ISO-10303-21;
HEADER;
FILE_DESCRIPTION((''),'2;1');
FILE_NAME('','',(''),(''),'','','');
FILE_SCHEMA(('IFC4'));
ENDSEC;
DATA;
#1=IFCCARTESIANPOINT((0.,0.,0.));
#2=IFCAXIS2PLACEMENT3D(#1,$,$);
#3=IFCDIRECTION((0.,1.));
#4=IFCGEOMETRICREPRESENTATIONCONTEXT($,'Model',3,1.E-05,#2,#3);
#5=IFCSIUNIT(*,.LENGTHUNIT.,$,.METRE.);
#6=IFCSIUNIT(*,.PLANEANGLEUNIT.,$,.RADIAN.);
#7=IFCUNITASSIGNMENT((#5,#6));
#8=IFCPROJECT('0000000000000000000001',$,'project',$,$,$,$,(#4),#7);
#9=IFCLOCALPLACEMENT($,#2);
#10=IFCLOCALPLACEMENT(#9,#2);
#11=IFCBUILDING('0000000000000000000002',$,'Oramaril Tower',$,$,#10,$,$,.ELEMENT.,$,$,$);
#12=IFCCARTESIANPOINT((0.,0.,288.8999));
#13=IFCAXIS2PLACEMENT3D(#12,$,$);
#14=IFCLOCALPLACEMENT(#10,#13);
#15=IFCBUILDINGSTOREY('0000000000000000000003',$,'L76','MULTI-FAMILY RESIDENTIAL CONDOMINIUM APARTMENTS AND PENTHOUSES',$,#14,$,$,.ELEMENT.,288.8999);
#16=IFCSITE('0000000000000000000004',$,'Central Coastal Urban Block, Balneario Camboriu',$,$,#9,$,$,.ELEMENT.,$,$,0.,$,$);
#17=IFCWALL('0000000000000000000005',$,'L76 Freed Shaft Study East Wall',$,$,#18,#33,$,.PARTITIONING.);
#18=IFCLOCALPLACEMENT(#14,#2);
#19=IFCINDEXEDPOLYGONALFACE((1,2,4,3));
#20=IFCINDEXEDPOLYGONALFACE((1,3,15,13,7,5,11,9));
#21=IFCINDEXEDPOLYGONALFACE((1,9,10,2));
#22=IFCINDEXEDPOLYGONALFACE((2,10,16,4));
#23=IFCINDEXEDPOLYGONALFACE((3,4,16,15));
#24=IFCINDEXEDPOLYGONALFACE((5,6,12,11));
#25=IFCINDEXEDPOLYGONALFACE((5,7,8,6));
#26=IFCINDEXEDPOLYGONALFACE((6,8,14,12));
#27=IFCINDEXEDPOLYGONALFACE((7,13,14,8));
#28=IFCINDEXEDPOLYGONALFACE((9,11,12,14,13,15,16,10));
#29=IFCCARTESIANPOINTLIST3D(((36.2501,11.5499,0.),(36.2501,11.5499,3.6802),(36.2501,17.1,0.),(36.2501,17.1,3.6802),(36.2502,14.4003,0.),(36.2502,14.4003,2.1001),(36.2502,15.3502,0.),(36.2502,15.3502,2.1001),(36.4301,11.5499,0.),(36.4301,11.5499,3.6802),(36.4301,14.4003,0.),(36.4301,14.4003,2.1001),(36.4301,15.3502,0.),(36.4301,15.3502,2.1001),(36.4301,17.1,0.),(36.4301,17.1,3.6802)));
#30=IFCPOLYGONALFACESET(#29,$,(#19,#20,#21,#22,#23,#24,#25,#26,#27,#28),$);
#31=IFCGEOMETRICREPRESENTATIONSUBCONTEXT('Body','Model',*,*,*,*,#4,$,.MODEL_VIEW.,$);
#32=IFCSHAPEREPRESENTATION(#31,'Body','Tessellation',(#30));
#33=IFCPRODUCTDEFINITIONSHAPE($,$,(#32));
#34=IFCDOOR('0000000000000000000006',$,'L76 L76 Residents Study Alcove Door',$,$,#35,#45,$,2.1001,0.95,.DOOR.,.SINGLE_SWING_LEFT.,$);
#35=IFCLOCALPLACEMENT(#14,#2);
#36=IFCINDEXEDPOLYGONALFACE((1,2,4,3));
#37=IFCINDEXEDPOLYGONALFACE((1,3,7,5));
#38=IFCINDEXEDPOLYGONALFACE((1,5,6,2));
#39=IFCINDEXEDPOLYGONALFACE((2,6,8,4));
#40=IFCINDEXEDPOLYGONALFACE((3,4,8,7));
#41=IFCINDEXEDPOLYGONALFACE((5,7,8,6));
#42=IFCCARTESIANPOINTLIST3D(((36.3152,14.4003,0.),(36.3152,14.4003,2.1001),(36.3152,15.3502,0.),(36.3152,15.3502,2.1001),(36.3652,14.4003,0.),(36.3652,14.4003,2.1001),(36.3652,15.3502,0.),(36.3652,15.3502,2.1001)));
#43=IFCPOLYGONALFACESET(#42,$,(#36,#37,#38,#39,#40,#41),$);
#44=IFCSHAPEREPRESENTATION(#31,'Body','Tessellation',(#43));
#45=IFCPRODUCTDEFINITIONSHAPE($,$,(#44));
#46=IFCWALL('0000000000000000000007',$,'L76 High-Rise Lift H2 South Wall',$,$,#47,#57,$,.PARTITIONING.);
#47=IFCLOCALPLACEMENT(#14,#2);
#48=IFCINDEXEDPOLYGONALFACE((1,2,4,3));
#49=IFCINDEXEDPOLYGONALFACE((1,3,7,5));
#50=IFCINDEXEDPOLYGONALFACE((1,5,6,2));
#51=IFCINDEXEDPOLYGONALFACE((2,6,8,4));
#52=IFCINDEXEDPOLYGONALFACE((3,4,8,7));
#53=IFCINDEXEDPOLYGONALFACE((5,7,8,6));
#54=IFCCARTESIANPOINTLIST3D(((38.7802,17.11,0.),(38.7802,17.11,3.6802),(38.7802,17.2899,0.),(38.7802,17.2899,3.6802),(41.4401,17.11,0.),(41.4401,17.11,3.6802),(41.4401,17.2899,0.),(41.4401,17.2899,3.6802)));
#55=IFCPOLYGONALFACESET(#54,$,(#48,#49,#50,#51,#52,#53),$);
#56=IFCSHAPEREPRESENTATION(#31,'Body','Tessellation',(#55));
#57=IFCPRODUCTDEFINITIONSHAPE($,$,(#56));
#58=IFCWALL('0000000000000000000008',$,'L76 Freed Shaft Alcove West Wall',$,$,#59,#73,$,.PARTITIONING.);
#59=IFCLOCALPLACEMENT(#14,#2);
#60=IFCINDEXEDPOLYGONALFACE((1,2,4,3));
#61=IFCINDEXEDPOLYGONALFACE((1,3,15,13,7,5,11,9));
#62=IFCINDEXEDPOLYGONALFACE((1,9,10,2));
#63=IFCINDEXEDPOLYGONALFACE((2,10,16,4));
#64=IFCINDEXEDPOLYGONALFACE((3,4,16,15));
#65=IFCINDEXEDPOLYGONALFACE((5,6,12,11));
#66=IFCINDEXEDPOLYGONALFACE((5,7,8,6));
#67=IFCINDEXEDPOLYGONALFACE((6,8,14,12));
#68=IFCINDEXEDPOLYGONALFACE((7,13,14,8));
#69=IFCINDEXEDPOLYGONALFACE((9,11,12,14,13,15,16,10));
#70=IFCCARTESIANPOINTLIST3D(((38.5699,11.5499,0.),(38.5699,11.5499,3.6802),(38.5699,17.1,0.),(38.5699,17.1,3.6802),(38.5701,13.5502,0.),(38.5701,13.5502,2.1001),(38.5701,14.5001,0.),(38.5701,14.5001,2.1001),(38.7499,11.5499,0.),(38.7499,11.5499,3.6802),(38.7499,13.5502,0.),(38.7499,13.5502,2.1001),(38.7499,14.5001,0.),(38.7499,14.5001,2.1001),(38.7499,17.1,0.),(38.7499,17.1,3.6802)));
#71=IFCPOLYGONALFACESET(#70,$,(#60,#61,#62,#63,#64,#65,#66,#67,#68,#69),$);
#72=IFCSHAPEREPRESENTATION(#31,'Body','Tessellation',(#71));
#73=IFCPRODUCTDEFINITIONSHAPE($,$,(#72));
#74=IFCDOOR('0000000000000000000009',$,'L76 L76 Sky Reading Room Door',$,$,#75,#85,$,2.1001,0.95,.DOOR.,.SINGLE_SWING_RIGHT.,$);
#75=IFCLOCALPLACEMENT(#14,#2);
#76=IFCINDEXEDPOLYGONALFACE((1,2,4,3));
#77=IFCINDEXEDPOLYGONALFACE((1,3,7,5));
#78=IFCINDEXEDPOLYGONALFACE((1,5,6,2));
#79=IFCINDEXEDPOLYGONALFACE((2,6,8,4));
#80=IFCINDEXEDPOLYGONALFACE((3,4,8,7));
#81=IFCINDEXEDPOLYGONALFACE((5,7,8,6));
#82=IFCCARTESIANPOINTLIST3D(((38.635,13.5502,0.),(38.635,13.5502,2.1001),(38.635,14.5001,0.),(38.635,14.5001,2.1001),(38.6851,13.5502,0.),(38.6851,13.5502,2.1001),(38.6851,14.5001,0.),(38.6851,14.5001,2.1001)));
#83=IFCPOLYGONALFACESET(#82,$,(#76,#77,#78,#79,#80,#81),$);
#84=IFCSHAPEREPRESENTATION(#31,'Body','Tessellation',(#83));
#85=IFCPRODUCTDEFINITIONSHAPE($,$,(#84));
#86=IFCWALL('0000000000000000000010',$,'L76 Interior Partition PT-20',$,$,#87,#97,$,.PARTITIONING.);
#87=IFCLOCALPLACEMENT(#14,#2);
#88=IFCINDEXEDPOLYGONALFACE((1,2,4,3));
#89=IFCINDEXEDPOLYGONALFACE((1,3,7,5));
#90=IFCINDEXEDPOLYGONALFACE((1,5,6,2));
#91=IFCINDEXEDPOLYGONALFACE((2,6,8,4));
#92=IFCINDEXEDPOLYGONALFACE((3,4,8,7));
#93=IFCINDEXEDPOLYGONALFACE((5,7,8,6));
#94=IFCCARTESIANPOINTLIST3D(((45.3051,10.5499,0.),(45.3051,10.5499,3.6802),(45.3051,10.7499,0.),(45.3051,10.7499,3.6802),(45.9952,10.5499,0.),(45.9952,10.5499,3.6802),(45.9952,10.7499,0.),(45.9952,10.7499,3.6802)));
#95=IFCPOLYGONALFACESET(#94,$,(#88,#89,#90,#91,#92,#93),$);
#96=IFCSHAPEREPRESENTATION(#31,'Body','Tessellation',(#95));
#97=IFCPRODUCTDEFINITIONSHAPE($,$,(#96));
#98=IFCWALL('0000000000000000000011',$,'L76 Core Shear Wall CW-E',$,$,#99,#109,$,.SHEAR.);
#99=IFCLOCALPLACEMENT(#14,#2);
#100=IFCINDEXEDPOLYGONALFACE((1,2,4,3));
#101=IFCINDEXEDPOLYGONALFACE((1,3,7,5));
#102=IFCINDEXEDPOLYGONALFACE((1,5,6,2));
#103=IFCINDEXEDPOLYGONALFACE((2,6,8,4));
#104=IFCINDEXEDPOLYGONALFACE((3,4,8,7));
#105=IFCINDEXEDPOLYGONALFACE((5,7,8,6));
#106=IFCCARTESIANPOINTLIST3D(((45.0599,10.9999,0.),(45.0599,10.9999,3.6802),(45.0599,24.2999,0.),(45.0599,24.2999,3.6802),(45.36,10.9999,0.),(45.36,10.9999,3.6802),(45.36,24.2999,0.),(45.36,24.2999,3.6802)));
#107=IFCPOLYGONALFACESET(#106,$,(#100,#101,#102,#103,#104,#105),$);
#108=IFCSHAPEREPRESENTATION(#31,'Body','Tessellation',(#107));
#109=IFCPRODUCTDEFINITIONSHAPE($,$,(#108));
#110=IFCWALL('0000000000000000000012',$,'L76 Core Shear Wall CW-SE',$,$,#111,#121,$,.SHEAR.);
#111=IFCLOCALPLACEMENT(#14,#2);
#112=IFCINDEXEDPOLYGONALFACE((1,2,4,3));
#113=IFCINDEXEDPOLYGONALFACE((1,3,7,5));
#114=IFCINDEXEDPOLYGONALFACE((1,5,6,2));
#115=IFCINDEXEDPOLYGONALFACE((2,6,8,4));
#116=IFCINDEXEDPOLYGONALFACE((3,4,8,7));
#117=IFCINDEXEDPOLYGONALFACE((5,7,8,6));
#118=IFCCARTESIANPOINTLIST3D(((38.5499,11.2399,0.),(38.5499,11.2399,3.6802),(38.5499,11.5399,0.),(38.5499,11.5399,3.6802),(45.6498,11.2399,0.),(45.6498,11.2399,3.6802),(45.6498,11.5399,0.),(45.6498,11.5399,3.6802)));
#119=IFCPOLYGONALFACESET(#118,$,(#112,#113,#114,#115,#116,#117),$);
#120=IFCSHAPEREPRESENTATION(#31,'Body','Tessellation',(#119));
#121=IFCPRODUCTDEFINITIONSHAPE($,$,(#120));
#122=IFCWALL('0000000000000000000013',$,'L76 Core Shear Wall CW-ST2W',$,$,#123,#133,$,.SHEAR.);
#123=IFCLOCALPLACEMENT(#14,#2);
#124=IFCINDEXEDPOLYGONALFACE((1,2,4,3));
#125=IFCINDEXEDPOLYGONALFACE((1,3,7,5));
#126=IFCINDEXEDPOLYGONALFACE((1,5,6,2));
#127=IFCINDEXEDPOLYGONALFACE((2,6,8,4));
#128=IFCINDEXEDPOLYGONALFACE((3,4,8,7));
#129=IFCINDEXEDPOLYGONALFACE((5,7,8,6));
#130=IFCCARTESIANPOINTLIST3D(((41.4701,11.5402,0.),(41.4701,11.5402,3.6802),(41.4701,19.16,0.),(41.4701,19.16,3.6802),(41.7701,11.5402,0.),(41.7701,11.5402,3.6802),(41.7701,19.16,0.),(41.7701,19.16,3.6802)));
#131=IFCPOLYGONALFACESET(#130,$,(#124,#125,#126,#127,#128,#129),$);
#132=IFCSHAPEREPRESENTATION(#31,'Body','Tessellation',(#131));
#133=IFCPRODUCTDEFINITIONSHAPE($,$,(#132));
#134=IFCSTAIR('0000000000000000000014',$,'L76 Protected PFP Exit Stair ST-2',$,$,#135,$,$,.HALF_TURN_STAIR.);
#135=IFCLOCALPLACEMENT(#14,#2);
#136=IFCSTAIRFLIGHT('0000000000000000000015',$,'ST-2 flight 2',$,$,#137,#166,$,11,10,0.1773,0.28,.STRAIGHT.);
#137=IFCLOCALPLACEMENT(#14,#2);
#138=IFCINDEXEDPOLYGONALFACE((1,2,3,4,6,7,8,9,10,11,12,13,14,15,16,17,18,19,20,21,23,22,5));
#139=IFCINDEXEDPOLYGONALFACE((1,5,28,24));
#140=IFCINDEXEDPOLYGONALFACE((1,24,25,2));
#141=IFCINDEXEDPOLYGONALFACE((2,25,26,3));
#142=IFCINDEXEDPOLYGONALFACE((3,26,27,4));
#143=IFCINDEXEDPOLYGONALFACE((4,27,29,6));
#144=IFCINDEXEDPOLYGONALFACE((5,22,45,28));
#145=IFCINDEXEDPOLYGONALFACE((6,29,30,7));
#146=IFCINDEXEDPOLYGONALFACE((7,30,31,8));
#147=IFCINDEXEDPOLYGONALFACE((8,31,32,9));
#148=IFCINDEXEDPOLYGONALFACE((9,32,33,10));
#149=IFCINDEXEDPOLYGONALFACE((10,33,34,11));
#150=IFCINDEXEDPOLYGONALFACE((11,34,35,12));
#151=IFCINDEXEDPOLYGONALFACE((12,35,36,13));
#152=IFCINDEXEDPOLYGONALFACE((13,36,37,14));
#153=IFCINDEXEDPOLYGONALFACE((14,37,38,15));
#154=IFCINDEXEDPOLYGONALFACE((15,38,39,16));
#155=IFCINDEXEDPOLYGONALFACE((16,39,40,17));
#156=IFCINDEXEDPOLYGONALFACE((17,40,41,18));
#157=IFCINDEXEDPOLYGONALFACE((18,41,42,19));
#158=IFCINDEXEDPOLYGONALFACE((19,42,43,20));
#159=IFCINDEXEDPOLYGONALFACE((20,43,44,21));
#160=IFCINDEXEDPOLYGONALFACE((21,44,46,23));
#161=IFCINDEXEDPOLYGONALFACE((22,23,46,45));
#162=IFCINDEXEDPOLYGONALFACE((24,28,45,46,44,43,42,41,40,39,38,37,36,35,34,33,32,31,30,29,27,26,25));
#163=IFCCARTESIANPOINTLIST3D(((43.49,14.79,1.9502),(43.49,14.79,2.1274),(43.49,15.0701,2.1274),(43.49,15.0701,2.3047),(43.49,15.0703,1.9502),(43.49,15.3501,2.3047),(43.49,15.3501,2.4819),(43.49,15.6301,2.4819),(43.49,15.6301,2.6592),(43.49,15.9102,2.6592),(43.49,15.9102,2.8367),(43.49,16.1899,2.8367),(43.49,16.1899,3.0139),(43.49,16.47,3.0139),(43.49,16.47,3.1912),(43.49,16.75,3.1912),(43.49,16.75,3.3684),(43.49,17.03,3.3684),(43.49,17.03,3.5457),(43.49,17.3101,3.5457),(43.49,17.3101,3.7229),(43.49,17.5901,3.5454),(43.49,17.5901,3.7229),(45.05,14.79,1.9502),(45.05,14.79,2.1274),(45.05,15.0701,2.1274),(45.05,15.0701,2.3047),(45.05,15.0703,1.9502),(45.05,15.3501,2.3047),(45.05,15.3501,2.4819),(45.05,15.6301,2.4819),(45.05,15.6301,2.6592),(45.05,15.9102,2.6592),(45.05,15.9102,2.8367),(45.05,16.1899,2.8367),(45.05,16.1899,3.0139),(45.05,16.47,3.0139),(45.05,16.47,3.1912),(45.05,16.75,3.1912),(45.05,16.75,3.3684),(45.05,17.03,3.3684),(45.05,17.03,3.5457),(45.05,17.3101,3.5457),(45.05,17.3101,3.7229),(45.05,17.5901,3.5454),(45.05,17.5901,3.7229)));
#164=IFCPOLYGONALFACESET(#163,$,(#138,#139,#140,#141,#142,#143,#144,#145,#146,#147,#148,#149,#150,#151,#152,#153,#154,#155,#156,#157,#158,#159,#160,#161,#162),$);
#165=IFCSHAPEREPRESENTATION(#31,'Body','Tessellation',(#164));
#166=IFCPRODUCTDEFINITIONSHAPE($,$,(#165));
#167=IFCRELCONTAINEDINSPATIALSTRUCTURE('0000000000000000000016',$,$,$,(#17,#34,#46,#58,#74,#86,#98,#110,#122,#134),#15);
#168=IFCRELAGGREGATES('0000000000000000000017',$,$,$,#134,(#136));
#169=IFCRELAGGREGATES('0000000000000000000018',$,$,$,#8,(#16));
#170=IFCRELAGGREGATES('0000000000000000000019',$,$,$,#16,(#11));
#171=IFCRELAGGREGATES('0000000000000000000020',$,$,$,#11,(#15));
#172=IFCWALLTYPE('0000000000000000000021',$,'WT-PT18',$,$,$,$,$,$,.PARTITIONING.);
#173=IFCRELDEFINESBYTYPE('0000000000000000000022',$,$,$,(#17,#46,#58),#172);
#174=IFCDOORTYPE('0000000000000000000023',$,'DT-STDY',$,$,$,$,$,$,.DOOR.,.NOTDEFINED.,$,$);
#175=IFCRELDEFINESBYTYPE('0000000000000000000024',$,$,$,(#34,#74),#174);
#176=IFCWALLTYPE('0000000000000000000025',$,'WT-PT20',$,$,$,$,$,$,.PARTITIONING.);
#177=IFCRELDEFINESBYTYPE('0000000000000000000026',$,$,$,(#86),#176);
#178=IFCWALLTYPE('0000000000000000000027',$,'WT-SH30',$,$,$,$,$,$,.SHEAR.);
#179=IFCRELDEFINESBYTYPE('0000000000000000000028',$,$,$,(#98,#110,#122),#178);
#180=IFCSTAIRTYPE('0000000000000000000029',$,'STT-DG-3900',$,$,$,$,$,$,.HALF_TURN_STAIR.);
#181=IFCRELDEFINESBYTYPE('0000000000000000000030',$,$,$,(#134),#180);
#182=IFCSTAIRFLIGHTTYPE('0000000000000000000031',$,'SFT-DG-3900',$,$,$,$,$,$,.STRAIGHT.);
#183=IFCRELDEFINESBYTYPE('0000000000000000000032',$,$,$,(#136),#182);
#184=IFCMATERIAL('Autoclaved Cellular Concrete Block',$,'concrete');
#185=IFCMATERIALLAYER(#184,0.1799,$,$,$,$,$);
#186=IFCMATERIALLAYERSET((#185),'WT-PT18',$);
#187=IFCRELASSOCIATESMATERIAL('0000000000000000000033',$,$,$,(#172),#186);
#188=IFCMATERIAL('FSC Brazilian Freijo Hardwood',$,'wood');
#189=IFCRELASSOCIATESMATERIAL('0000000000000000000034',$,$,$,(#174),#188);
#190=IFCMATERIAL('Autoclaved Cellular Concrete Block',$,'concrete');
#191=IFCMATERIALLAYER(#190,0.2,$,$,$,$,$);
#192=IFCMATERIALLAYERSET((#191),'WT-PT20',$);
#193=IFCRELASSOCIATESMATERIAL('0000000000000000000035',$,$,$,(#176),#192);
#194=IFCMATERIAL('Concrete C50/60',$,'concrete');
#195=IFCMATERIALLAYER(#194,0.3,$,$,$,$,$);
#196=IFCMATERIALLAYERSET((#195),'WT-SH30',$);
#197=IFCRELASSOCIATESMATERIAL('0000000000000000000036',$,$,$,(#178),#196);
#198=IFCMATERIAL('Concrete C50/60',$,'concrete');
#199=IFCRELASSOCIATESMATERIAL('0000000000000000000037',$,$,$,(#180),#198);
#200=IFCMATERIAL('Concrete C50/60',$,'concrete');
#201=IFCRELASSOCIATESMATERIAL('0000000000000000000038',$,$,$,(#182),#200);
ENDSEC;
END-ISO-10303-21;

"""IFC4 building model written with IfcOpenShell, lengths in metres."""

from ifc_helpers import new_model, si_unit, direction, frame, frame_2d, origin, place, context, subcontext, project, spatial, polyline, rectangle, outline, extrude, material, layer, layer_set, type_object, element, fill, aggregate, save


model = new_model("IFC4")

# Units and contexts
model_context = context("Model", 3, precision=1e-05, world=origin(), true_north=direction((0.0, 1.0)))
body_context = subcontext(model_context, "Body", "Model", "MODEL_VIEW")
ifc_project = project(units=[si_unit("LENGTHUNIT", "METRE"), si_unit("PLANEANGLEUNIT", "RADIAN")], contexts=[model_context])

# Site, building, storey
site_placement = place(None, origin())
site = spatial("IfcSite", under=ifc_project, at=site_placement, Name="Central Coastal Urban Block, Balneario Camboriu", CompositionType="ELEMENT", RefElevation=0.0)
building_placement = place(site_placement, origin())
building = spatial("IfcBuilding", under=site, at=building_placement, Name="Oramaril Tower", CompositionType="ELEMENT")
storey_placement = place(building_placement, frame((0.0, 0.0, 288.8999)))
storey = spatial("IfcBuildingStorey", under=building, at=storey_placement, Name="L76", Description="MULTI-FAMILY RESIDENTIAL CONDOMINIUM APARTMENTS AND PENTHOUSES", CompositionType="ELEMENT", Elevation=288.8999)

# Wall, opening, door
ifc_material_1 = material(Name="Autoclaved Cellular Concrete Block", Category="concrete")
ifc_layer_1 = layer(ifc_material_1, 0.1799)
ifc_layer_set_1 = layer_set([ifc_layer_1], Name="WT-PT18")
wall_type_1 = type_object("IfcWallType", Name="WT-PT18", PredefinedType="PARTITIONING", material=ifc_layer_set_1)
wall_1_placement = place(storey_placement, frame((36.3401, 11.55, 0.0), z_axis=(0.0, 0.0, 1.0), x_axis=(0.0, 1.0, 0.0)))
wall_1 = element("IfcWall", 1, at=wall_1_placement, inside=storey, type_object=wall_type_1, Name="L76 Freed Shaft Study East Wall", PredefinedType="PARTITIONING", context=body_context, shape_type="SweptSolid", body=[
    extrude(rectangle(XDim=5.55, YDim=0.1799, at=frame_2d((2.7749, 0.0))), origin(), (0.0, 0.0, 1.0), 3.6802),
])
opening_1_placement = place(wall_1_placement, frame((2.8501, 0.0, 0.0)))
opening_1 = element("IfcOpeningElement", 2, at=opening_1_placement, cuts=wall_1, PredefinedType="OPENING", context=body_context, shape_type="SweptSolid", body=[
    extrude(rectangle(XDim=0.95, YDim=2.1001, at=frame_2d((0.4751, 1.05))), frame((0.0, 0.0898, 0.0), z_axis=(0.0, -1.0, 0.0), x_axis=(1.0, 0.0, 0.0)), (0.0, 0.0, 1.0), 0.1799),
])
ifc_material_2 = material(Name="FSC Brazilian Freijo Hardwood", Category="wood")
door_type_1 = type_object("IfcDoorType", Name="DT-STDY", OperationType="NOTDEFINED", PredefinedType="DOOR", material=ifc_material_2)
door_1_placement = place(opening_1_placement, origin())
door_1 = element("IfcDoor", 3, at=door_1_placement, inside=storey, type_object=door_type_1, Name="L76 L76 Residents Study Alcove Door", OperationType="SINGLE_SWING_LEFT", OverallHeight=2.1001, OverallWidth=0.95, PredefinedType="DOOR", context=body_context, shape_type="SweptSolid", body=[
    extrude(rectangle(XDim=0.95, YDim=2.1001, at=frame_2d((0.4751, 1.05))), frame((0.0, 0.0249, 0.0), z_axis=(0.0, -1.0, 0.0), x_axis=(1.0, 0.0, 0.0)), (0.0, 0.0, 1.0), 0.05),
])
fill(opening_1, door_1)

# Wall
wall_2_placement = place(storey_placement, frame((38.78, 17.2, 0.0), z_axis=(0.0, 0.0, 1.0), x_axis=(1.0, 0.0, 0.0)))
element("IfcWall", 4, at=wall_2_placement, inside=storey, type_object=wall_type_1, Name="L76 High-Rise Lift H2 South Wall", PredefinedType="PARTITIONING", context=body_context, shape_type="SweptSolid", body=[
    extrude(rectangle(XDim=2.6599, YDim=0.1799, at=frame_2d((1.3301, 0.0))), origin(), (0.0, 0.0, 1.0), 3.6802),
])

# Wall, opening, door
wall_3_placement = place(storey_placement, frame((38.6599, 11.55, 0.0), z_axis=(0.0, 0.0, 1.0), x_axis=(0.0, 1.0, 0.0)))
wall_3 = element("IfcWall", 5, at=wall_3_placement, inside=storey, type_object=wall_type_1, Name="L76 Freed Shaft Alcove West Wall", PredefinedType="PARTITIONING", context=body_context, shape_type="SweptSolid", body=[
    extrude(rectangle(XDim=5.55, YDim=0.1799, at=frame_2d((2.7749, 0.0))), origin(), (0.0, 0.0, 1.0), 3.6802),
])
opening_2_placement = place(wall_3_placement, frame((2.0, 0.0, 0.0)))
opening_2 = element("IfcOpeningElement", 6, at=opening_2_placement, cuts=wall_3, PredefinedType="OPENING", context=body_context, shape_type="SweptSolid", body=[
    extrude(rectangle(XDim=0.95, YDim=2.1001, at=frame_2d((0.4751, 1.05))), frame((0.0, 0.0898, 0.0), z_axis=(0.0, -1.0, 0.0), x_axis=(1.0, 0.0, 0.0)), (0.0, 0.0, 1.0), 0.1799),
])
door_2_placement = place(opening_2_placement, origin())
door_2 = element("IfcDoor", 7, at=door_2_placement, inside=storey, type_object=door_type_1, Name="L76 L76 Sky Reading Room Door", OperationType="SINGLE_SWING_RIGHT", OverallHeight=2.1001, OverallWidth=0.95, PredefinedType="DOOR", context=body_context, shape_type="SweptSolid", body=[
    extrude(rectangle(XDim=0.95, YDim=2.1001, at=frame_2d((0.4751, 1.05))), frame((0.0, 0.0249, 0.0), z_axis=(0.0, -1.0, 0.0), x_axis=(1.0, 0.0, 0.0)), (0.0, 0.0, 1.0), 0.05),
])
fill(opening_2, door_2)

# Walls
ifc_material_3 = material(Name="Autoclaved Cellular Concrete Block", Category="concrete")
ifc_layer_2 = layer(ifc_material_3, 0.2)
ifc_layer_set_2 = layer_set([ifc_layer_2], Name="WT-PT20")
wall_type_2 = type_object("IfcWallType", Name="WT-PT20", PredefinedType="PARTITIONING", material=ifc_layer_set_2)
wall_4_placement = place(storey_placement, frame((45.3049, 10.6499, 0.0), z_axis=(0.0, 0.0, 1.0), x_axis=(1.0, 0.0, 0.0)))
element("IfcWall", 8, at=wall_4_placement, inside=storey, type_object=wall_type_2, Name="L76 Interior Partition PT-20", PredefinedType="PARTITIONING", context=body_context, shape_type="SweptSolid", body=[
    extrude(rectangle(XDim=0.6902, YDim=0.2, at=frame_2d((0.3452, 0.0))), origin(), (0.0, 0.0, 1.0), 3.6802),
])
ifc_material_4 = material(Name="Concrete C50/60", Category="concrete")
ifc_layer_3 = layer(ifc_material_4, 0.3)
ifc_layer_set_3 = layer_set([ifc_layer_3], Name="WT-SH30")
wall_type_3 = type_object("IfcWallType", Name="WT-SH30", PredefinedType="SHEAR", material=ifc_layer_set_3)
wall_5_placement = place(storey_placement, frame((45.21, 11.0, 0.0), z_axis=(0.0, 0.0, 1.0), x_axis=(0.0, 1.0, 0.0)))
element("IfcWall", 9, at=wall_5_placement, inside=storey, type_object=wall_type_3, Name="L76 Core Shear Wall CW-E", PredefinedType="SHEAR", context=body_context, shape_type="SweptSolid", body=[
    extrude(rectangle(XDim=13.3, YDim=0.3, at=frame_2d((6.6499, 0.0))), origin(), (0.0, 0.0, 1.0), 3.6802),
])
wall_6_placement = place(storey_placement, frame((38.55, 11.3899, 0.0), z_axis=(0.0, 0.0, 1.0), x_axis=(1.0, 0.0, 0.0)))
element("IfcWall", 10, at=wall_6_placement, inside=storey, type_object=wall_type_3, Name="L76 Core Shear Wall CW-SE", PredefinedType="SHEAR", context=body_context, shape_type="SweptSolid", body=[
    extrude(rectangle(XDim=7.0999, YDim=0.3, at=frame_2d((3.5498, 0.0))), origin(), (0.0, 0.0, 1.0), 3.6802),
])
wall_7_placement = place(storey_placement, frame((41.6201, 11.54, 0.0), z_axis=(0.0, 0.0, 1.0), x_axis=(0.0, 1.0, 0.0)))
element("IfcWall", 11, at=wall_7_placement, inside=storey, type_object=wall_type_3, Name="L76 Core Shear Wall CW-ST2W", PredefinedType="SHEAR", context=body_context, shape_type="SweptSolid", body=[
    extrude(rectangle(XDim=7.6199, YDim=0.3, at=frame_2d((3.8101, 0.0))), origin(), (0.0, 0.0, 1.0), 3.6802),
])

# Stair, stair flight
ifc_material_5 = material(Name="Concrete C50/60", Category="concrete")
stair_type = type_object("IfcStairType", Name="STT-DG-3900", PredefinedType="HALF_TURN_STAIR", material=ifc_material_5)
stair_placement = place(storey_placement, origin())
stair = element("IfcStair", 12, at=stair_placement, inside=storey, type_object=stair_type, Name="L76 Protected PFP Exit Stair ST-2", PredefinedType="HALF_TURN_STAIR")
ifc_material_6 = material(Name="Concrete C50/60", Category="concrete")
stair_flight_type = type_object("IfcStairFlightType", Name="SFT-DG-3900", PredefinedType="STRAIGHT", material=ifc_material_6)
stair_flight_placement = place(storey_placement, frame((44.27, 14.79, 1.9502), z_axis=(0.0, 0.0, 1.0), x_axis=(0.0, 1.0, 0.0)))
stair_flight = element("IfcStairFlight", 13, at=stair_flight_placement, type_object=stair_flight_type, Name="ST-2 flight 2", NumberOfRisers=11, NumberOfTreads=10, PredefinedType="STRAIGHT", RiserHeight=0.1773, TreadLength=0.28, context=body_context, shape_type="SweptSolid", body=[
    extrude(outline(polyline([(0.0, 0.0), (0.0, 0.1772), (0.28, 0.1772), (0.28, 0.3545), (0.5601, 0.3545), (0.5601, 0.5317), (0.8401, 0.5317), (0.8401, 0.709), (1.1201, 0.709), (1.1201, 0.8865), (1.3999, 0.8865), (1.3999, 1.0637), (1.6799, 1.0637), (1.6799, 1.241), (1.96, 1.241), (1.96, 1.4182), (2.24, 1.4182), (2.24, 1.5955), (2.52, 1.5955), (2.52, 1.7727), (2.8, 1.7727), (2.8, 1.95), (2.8, 1.5952), (0.2803, 0.0), (0.0, 0.0)])), frame((0.0, 0.78, 0.0), z_axis=(0.0, -1.0, 0.0), x_axis=(1.0, 0.0, 0.0)), (0.0, 0.0, 1.0), 1.5601),
])
aggregate(stair, [stair_flight])

save(model, "model.ifc")
